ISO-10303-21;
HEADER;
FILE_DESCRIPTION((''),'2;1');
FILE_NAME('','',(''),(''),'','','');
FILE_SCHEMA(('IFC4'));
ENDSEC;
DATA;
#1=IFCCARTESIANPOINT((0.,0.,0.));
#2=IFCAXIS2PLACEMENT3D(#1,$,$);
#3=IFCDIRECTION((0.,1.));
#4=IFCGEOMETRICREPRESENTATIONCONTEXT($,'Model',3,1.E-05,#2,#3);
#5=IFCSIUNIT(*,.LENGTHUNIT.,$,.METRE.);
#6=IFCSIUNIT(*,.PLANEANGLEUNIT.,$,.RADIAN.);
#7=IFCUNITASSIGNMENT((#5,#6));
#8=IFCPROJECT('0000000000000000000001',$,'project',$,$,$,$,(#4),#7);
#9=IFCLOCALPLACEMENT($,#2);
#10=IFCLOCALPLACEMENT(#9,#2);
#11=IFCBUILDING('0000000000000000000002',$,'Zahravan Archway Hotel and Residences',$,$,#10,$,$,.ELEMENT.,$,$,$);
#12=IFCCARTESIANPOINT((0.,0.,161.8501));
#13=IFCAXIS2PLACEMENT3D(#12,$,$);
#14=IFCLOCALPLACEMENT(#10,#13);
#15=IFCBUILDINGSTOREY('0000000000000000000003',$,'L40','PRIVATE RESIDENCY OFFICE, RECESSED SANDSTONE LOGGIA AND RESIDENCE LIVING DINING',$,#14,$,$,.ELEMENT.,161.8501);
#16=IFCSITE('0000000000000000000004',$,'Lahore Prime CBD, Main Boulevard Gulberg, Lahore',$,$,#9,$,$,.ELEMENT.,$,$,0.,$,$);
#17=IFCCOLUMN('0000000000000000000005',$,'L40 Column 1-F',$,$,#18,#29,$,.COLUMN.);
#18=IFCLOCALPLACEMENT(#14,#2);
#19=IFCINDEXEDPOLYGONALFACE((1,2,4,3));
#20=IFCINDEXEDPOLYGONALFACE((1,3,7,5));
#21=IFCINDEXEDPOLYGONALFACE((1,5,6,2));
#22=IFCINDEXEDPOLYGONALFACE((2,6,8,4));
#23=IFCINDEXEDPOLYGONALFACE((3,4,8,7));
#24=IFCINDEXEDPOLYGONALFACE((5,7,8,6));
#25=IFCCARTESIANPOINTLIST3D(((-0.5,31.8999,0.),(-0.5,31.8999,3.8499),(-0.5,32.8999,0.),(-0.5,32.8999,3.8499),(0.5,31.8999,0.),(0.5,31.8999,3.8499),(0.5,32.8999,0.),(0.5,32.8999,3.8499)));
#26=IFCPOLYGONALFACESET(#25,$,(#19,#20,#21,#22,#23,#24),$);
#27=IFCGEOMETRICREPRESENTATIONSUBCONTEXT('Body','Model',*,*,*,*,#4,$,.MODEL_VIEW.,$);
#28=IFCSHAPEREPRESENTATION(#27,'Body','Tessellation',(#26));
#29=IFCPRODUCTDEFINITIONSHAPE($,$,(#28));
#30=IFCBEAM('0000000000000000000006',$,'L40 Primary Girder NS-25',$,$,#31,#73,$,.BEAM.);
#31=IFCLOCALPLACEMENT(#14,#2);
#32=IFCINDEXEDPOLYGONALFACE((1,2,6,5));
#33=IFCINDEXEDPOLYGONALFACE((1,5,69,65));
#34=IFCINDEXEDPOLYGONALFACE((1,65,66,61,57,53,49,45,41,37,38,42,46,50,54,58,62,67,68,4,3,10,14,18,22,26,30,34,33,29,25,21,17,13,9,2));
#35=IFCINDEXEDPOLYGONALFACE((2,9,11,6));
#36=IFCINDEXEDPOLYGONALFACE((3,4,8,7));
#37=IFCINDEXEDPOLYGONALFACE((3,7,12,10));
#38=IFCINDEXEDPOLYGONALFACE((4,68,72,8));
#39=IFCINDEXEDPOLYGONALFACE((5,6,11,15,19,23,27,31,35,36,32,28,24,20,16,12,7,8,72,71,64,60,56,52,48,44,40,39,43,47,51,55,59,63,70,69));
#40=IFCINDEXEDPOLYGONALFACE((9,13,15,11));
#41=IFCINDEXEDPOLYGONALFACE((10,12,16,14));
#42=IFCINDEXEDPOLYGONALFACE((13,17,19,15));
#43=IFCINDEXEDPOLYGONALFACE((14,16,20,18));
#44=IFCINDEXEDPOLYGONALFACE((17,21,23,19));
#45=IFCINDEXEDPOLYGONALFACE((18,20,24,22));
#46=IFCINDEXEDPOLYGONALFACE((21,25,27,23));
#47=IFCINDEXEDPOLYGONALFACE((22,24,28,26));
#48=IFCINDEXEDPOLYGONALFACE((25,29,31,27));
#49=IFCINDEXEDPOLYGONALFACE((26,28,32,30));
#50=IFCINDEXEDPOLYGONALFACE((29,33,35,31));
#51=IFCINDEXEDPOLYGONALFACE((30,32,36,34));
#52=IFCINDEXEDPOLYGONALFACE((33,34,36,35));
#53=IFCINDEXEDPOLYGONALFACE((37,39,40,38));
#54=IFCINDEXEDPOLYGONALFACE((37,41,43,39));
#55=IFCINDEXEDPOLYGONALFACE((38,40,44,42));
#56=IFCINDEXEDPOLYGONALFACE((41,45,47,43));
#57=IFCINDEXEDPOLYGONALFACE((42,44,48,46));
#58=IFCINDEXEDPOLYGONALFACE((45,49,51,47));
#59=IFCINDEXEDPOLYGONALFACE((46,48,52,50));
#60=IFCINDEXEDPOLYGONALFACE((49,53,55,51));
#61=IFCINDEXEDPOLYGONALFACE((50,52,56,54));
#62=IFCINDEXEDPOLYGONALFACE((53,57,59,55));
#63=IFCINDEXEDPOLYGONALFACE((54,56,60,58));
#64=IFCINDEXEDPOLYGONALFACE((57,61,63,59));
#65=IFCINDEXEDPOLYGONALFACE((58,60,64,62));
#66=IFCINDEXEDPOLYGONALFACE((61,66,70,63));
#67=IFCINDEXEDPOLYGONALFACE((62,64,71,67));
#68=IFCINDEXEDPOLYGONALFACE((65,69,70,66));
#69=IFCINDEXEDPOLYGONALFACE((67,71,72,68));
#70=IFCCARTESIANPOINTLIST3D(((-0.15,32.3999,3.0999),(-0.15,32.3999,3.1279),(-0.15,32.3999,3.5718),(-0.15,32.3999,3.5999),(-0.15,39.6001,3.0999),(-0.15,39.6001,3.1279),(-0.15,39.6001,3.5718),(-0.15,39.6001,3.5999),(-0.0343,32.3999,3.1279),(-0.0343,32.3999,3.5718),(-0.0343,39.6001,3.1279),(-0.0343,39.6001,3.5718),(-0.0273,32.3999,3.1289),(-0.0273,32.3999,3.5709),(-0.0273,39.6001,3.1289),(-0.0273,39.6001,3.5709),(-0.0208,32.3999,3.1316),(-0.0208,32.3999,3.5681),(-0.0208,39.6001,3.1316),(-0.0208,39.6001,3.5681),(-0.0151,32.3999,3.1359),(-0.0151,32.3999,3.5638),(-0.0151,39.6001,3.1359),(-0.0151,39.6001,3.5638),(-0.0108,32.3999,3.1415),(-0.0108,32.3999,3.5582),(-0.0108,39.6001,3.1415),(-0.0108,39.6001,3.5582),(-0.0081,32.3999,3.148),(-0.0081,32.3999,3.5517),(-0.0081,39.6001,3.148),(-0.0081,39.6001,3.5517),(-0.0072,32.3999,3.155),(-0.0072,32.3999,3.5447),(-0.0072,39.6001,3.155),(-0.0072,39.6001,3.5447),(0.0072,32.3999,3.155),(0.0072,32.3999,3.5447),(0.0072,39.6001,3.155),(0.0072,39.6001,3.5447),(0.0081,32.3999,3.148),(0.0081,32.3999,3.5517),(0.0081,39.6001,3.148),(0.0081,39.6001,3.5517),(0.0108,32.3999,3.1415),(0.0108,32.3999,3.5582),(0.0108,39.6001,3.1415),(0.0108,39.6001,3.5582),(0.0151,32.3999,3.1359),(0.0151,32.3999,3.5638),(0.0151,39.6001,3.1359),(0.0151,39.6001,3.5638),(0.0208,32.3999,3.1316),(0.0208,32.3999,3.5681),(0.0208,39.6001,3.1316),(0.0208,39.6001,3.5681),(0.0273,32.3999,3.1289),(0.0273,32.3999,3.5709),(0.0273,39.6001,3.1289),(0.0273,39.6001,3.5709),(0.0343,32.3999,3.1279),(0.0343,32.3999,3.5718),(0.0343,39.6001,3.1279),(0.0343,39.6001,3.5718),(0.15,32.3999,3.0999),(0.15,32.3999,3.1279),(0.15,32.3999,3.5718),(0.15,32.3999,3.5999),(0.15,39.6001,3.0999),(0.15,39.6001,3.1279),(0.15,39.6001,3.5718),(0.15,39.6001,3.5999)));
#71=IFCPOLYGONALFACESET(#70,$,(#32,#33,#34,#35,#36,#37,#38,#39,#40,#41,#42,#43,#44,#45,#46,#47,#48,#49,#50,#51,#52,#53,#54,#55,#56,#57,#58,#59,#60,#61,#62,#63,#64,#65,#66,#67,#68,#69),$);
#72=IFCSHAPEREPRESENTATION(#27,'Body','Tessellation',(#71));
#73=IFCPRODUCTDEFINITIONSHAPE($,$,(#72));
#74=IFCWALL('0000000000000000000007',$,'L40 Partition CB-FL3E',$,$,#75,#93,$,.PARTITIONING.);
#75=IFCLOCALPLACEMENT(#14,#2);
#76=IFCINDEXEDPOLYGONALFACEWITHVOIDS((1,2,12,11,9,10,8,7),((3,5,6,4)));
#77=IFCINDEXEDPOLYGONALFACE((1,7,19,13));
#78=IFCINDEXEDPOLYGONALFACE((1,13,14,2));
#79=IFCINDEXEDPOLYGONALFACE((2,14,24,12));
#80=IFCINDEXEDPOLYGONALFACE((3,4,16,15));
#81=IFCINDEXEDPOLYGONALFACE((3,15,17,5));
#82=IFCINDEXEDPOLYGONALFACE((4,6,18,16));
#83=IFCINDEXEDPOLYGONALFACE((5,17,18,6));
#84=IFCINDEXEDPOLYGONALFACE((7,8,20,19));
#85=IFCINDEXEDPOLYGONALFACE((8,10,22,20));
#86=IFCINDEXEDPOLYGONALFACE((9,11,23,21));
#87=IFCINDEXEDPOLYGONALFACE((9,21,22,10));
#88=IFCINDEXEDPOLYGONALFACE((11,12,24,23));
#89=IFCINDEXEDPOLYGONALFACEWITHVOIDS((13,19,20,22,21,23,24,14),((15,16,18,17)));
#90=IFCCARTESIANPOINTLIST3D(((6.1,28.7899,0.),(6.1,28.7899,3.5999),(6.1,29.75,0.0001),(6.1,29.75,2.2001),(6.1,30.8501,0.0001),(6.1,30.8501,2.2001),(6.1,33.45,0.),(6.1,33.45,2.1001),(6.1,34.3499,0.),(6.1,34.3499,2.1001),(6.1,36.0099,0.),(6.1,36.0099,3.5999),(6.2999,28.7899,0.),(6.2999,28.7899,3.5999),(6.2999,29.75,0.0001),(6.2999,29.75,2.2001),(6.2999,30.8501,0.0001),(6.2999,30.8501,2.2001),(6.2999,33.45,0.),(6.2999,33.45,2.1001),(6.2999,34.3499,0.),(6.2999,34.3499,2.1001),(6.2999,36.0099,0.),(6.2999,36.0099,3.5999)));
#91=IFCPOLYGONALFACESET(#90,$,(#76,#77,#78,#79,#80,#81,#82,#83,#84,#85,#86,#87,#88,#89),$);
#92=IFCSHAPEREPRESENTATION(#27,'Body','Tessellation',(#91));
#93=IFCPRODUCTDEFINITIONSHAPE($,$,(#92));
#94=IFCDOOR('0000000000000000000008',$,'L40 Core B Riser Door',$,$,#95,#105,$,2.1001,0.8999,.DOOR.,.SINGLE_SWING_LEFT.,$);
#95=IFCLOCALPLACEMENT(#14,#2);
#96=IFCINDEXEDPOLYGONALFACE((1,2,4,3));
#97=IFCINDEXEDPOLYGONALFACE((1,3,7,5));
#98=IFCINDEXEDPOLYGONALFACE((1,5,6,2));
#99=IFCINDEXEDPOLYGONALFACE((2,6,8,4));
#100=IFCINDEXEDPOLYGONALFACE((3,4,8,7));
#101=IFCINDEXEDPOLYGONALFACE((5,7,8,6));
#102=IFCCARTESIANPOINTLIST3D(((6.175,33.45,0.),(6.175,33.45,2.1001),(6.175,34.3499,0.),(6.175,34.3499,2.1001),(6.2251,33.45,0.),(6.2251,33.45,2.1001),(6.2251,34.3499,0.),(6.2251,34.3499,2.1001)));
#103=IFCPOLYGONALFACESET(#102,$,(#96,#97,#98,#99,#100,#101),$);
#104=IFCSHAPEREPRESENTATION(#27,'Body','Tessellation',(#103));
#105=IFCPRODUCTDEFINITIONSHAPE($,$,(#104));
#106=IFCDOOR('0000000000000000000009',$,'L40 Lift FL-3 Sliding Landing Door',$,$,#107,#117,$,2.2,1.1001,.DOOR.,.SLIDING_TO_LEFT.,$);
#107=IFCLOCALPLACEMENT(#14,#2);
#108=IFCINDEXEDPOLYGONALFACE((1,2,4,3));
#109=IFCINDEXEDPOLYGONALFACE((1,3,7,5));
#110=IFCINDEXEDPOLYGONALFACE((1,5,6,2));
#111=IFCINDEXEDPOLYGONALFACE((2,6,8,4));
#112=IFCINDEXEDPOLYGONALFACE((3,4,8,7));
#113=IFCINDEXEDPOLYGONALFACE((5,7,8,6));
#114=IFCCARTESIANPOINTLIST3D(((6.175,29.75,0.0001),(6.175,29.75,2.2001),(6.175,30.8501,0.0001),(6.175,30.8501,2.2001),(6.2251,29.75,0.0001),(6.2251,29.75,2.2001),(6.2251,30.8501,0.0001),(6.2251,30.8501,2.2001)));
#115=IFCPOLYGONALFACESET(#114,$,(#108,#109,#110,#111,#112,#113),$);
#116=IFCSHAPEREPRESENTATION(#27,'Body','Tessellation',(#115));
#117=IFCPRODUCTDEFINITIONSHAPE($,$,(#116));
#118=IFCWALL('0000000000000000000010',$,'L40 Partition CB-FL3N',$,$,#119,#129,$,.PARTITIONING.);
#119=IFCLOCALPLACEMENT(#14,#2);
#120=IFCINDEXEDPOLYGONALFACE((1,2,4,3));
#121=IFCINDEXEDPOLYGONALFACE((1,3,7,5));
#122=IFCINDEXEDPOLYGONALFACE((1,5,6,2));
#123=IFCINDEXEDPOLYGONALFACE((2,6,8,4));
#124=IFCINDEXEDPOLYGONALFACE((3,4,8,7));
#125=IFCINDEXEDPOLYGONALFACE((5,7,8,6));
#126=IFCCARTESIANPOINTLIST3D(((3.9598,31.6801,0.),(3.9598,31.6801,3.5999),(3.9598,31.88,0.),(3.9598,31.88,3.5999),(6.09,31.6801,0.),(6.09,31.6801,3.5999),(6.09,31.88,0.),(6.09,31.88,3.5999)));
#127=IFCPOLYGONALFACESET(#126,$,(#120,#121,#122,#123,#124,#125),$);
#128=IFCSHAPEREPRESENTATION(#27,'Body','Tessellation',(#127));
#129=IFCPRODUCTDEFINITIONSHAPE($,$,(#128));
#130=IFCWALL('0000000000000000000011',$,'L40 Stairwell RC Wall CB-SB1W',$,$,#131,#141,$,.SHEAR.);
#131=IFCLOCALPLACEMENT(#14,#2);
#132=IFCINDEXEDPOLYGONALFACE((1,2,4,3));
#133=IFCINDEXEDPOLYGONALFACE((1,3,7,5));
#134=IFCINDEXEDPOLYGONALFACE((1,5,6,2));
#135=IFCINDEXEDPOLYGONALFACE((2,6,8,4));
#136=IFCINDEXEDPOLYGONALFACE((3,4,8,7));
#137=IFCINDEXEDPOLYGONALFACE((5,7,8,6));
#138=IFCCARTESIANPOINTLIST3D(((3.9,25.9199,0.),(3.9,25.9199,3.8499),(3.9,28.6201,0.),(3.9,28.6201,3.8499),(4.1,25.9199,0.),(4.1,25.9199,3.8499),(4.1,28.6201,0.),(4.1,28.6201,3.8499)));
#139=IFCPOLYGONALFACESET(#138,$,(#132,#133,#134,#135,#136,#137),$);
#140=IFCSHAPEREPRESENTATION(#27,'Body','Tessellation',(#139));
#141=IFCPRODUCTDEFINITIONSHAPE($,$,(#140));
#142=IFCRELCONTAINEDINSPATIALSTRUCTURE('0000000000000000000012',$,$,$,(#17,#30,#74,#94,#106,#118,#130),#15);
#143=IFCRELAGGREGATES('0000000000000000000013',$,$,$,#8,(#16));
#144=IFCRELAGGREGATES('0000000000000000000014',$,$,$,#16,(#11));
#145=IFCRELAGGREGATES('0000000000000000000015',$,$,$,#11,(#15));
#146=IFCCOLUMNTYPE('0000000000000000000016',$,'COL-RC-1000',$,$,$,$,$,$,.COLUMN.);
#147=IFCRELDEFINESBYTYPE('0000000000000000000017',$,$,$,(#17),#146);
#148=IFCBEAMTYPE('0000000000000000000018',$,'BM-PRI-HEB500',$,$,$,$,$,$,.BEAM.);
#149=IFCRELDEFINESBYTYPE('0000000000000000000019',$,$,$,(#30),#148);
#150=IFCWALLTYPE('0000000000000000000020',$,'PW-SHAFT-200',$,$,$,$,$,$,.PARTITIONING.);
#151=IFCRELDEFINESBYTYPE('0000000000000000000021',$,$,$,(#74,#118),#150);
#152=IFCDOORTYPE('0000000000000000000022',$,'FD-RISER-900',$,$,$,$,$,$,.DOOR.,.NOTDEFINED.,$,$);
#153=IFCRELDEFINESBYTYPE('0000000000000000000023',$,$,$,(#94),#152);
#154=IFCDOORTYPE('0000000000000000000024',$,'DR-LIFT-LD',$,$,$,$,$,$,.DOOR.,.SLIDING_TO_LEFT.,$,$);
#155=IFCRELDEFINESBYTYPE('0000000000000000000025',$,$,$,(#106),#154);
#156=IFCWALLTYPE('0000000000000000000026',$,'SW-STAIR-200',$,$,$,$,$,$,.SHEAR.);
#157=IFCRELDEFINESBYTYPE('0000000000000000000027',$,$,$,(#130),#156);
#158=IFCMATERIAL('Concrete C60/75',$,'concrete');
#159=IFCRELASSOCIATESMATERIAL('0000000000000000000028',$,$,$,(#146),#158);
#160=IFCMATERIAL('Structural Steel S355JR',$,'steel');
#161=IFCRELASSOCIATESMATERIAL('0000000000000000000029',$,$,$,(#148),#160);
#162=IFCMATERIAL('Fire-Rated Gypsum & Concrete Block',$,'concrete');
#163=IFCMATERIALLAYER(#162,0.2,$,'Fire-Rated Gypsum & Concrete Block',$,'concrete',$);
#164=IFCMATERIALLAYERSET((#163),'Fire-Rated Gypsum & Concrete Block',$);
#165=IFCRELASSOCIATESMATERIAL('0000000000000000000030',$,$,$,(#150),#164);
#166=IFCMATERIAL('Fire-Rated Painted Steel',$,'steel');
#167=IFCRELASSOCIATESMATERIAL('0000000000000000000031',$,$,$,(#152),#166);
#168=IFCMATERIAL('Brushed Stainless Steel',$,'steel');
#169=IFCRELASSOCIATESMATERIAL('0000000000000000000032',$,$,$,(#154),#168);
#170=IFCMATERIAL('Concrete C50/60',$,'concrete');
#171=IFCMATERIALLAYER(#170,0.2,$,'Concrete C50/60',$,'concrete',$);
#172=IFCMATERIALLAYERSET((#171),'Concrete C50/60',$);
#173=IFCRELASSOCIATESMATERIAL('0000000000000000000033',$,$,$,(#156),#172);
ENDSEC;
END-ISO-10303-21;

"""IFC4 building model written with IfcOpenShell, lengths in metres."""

from ifc_helpers import new_model, si_unit, direction, frame, frame_2d, origin, origin_2d, place, context, subcontext, project, spatial, rectangle, i_section, extrude, source, transform, mapped, material, layer, layer_set, material_profile, profile_set, type_object, type_shapes, element, fill, save


model = new_model("IFC4")

# Units and contexts
model_context = context("Model", 3, precision=1e-05, world=origin(), true_north=direction((0.0, 1.0)))
body_context = subcontext(model_context, "Body", "Model", "MODEL_VIEW")
ifc_project = project(units=[si_unit("LENGTHUNIT", "METRE"), si_unit("PLANEANGLEUNIT", "RADIAN")], contexts=[model_context])

# Site, building, storey
site_placement = place(None, origin())
site = spatial("IfcSite", under=ifc_project, at=site_placement, Name="Lahore Prime CBD, Main Boulevard Gulberg, Lahore", CompositionType="ELEMENT", RefElevation=0.0)
building_placement = place(site_placement, origin())
building = spatial("IfcBuilding", under=site, at=building_placement, Name="Zahravan Archway Hotel and Residences", CompositionType="ELEMENT")
storey_placement = place(building_placement, frame((0.0, 0.0, 161.8501)))
storey = spatial("IfcBuildingStorey", under=building, at=storey_placement, Name="L40", Description="PRIVATE RESIDENCY OFFICE, RECESSED SANDSTONE LOGGIA AND RESIDENCE LIVING DINING", CompositionType="ELEMENT", Elevation=161.8501)

# Column
ifc_material_1 = material(Name="Concrete C60/75", Category="concrete")
ifc_material_profile_1 = material_profile(ifc_material_1, rectangle(XDim=1.0, YDim=1.0, at=origin_2d()), Name="RC-COL-1000x1000", Category="concrete")
ifc_profile_set_1 = profile_set([ifc_material_profile_1], Name="Concrete C60/75")
column_type = type_object("IfcColumnType", Name="COL-RC-1000", PredefinedType="COLUMN", material=ifc_profile_set_1)
shared_shape_1 = source(origin(), body_context, "Body", "SweptSolid", [
    extrude(rectangle(XDim=1.0, YDim=1.0, at=origin_2d()), origin(), (0.0, 0.0, 1.0), 3.8499),
])
column_placement = place(storey_placement, frame((0.0, 32.3999, 0.0), z_axis=(0.0, 0.0, 1.0), x_axis=(1.0, 0.0, 0.0)))
element("IfcColumn", 1, at=column_placement, inside=storey, type_object=column_type, Name="L40 Column 1-F", PredefinedType="COLUMN", context=body_context, shape_type="MappedRepresentation", body=[
    mapped(shared_shape_1, transform((0.0, 0.0, 0.0), scale=1.0)),
])

# Beam
ifc_material_2 = material(Name="Structural Steel S355JR", Category="steel")
ifc_material_profile_2 = material_profile(ifc_material_2, i_section(OverallWidth=0.3, OverallDepth=0.5, WebThickness=0.0144, FlangeThickness=0.0281, FilletRadius=0.0271, at=origin_2d()), Name="HEB 500", Category="steel")
ifc_profile_set_2 = profile_set([ifc_material_profile_2], Name="Structural Steel S355JR")
beam_type = type_object("IfcBeamType", Name="BM-PRI-HEB500", PredefinedType="BEAM", material=ifc_profile_set_2)
shared_shape_2 = source(origin(), body_context, "Body", "SweptSolid", [
    extrude(i_section(OverallWidth=0.3, OverallDepth=0.5, WebThickness=0.0144, FlangeThickness=0.0281, FilletRadius=0.0271, at=origin_2d()), origin(), (0.0, 0.0, 1.0), 7.2002),
])
type_shapes(beam_type, [shared_shape_2])
beam_placement = place(storey_placement, frame((0.0, 32.3999, 3.3499), z_axis=(0.0, 1.0, 0.0), x_axis=(-1.0, 0.0, 0.0)))
element("IfcBeam", 2, at=beam_placement, inside=storey, type_object=beam_type, Name="L40 Primary Girder NS-25", PredefinedType="BEAM", context=body_context, shape_type="MappedRepresentation", body=[
    mapped(shared_shape_2, transform((0.0, 0.0, 0.0), scale=1.0)),
])

# Wall, openings, doors
ifc_material_3 = material(Name="Fire-Rated Gypsum & Concrete Block", Category="concrete")
ifc_layer_1 = layer(ifc_material_3, 0.2, Name="Fire-Rated Gypsum & Concrete Block", Category="concrete")
ifc_layer_set_1 = layer_set([ifc_layer_1], Name="Fire-Rated Gypsum & Concrete Block")
wall_type_1 = type_object("IfcWallType", Name="PW-SHAFT-200", PredefinedType="PARTITIONING", material=ifc_layer_set_1)
wall_1_placement = place(storey_placement, frame((6.2, 28.79, 0.0), z_axis=(0.0, 0.0, 1.0), x_axis=(0.0, 1.0, 0.0)))
wall_1 = element("IfcWall", 3, at=wall_1_placement, inside=storey, type_object=wall_type_1, Name="L40 Partition CB-FL3E", PredefinedType="PARTITIONING", context=body_context, shape_type="SweptSolid", body=[
    extrude(rectangle(XDim=7.22, YDim=0.2, at=frame_2d((3.6099, 0.0))), origin(), (0.0, 0.0, 1.0), 3.5999),
])
opening_1_placement = place(wall_1_placement, frame((4.6599, 0.0, 0.0)))
opening_1 = element("IfcOpeningElement", 4, at=opening_1_placement, cuts=wall_1, PredefinedType="OPENING", context=body_context, shape_type="SweptSolid", body=[
    extrude(rectangle(XDim=0.8999, YDim=2.1001, at=frame_2d((0.45, 1.05))), frame((0.0, 0.1099, 0.0), z_axis=(0.0, -1.0, 0.0), x_axis=(1.0, 0.0, 0.0)), (0.0, 0.0, 1.0), 0.22),
])
opening_2_placement = place(wall_1_placement, frame((0.96, 0.0, 0.0)))
opening_2 = element("IfcOpeningElement", 5, at=opening_2_placement, cuts=wall_1, PredefinedType="OPENING", context=body_context, shape_type="SweptSolid", body=[
    extrude(rectangle(XDim=1.1001, YDim=2.2, at=frame_2d((0.55, 1.1001))), frame((0.0, 0.1099, 0.0), z_axis=(0.0, -1.0, 0.0), x_axis=(1.0, 0.0, 0.0)), (0.0, 0.0, 1.0), 0.22),
])
ifc_material_4 = material(Name="Fire-Rated Painted Steel", Category="steel")
door_type_1 = type_object("IfcDoorType", Name="FD-RISER-900", OperationType="NOTDEFINED", PredefinedType="DOOR", material=ifc_material_4)
shared_shape_3 = source(origin(), body_context, "Body", "SweptSolid", [
    extrude(rectangle(XDim=0.8999, YDim=2.1001, at=frame_2d((0.45, 1.05))), frame((0.0, 0.0249, 0.0), z_axis=(0.0, -1.0, 0.0), x_axis=(1.0, 0.0, 0.0)), (0.0, 0.0, 1.0), 0.05),
])
type_shapes(door_type_1, [shared_shape_3])
door_1_placement = place(opening_1_placement, origin())
door_1 = element("IfcDoor", 6, at=door_1_placement, inside=storey, type_object=door_type_1, Name="L40 Core B Riser Door", OperationType="SINGLE_SWING_LEFT", OverallHeight=2.1001, OverallWidth=0.8999, PredefinedType="DOOR", context=body_context, shape_type="MappedRepresentation", body=[
    mapped(shared_shape_3, transform((0.0, 0.0, 0.0), scale=1.0)),
])
fill(opening_1, door_1)
ifc_material_5 = material(Name="Brushed Stainless Steel", Category="steel")
door_type_2 = type_object("IfcDoorType", Name="DR-LIFT-LD", OperationType="SLIDING_TO_LEFT", PredefinedType="DOOR", material=ifc_material_5)
shared_shape_4 = source(origin(), body_context, "Body", "SweptSolid", [
    extrude(rectangle(XDim=1.1001, YDim=2.2, at=frame_2d((0.55, 1.1001))), frame((0.0, 0.0249, 0.0), z_axis=(0.0, -1.0, 0.0), x_axis=(1.0, 0.0, 0.0)), (0.0, 0.0, 1.0), 0.05),
])
type_shapes(door_type_2, [shared_shape_4])
door_2_placement = place(opening_2_placement, origin())
door_2 = element("IfcDoor", 7, at=door_2_placement, inside=storey, type_object=door_type_2, Name="L40 Lift FL-3 Sliding Landing Door", OperationType="SLIDING_TO_LEFT", OverallHeight=2.2, OverallWidth=1.1001, PredefinedType="DOOR", context=body_context, shape_type="MappedRepresentation", body=[
    mapped(shared_shape_4, transform((0.0, 0.0, 0.0), scale=1.0)),
])
fill(opening_2, door_2)

# Walls
wall_2_placement = place(storey_placement, frame((3.96, 31.78, 0.0), z_axis=(0.0, 0.0, 1.0), x_axis=(1.0, 0.0, 0.0)))
element("IfcWall", 8, at=wall_2_placement, inside=storey, type_object=wall_type_1, Name="L40 Partition CB-FL3N", PredefinedType="PARTITIONING", context=body_context, shape_type="SweptSolid", body=[
    extrude(rectangle(XDim=2.1301, YDim=0.2, at=frame_2d((1.0649, 0.0))), origin(), (0.0, 0.0, 1.0), 3.5999),
])
ifc_material_6 = material(Name="Concrete C50/60", Category="concrete")
ifc_layer_2 = layer(ifc_material_6, 0.2, Name="Concrete C50/60", Category="concrete")
ifc_layer_set_2 = layer_set([ifc_layer_2], Name="Concrete C50/60")
wall_type_2 = type_object("IfcWallType", Name="SW-STAIR-200", PredefinedType="SHEAR", material=ifc_layer_set_2)
wall_3_placement = place(storey_placement, frame((4.0, 25.9199, 0.0), z_axis=(0.0, 0.0, 1.0), x_axis=(0.0, 1.0, 0.0)))
element("IfcWall", 9, at=wall_3_placement, inside=storey, type_object=wall_type_2, Name="L40 Stairwell RC Wall CB-SB1W", PredefinedType="SHEAR", context=body_context, shape_type="SweptSolid", body=[
    extrude(rectangle(XDim=2.7002, YDim=0.2, at=frame_2d((1.3501, 0.0))), origin(), (0.0, 0.0, 1.0), 3.8499),
])

save(model, "model.ifc")
